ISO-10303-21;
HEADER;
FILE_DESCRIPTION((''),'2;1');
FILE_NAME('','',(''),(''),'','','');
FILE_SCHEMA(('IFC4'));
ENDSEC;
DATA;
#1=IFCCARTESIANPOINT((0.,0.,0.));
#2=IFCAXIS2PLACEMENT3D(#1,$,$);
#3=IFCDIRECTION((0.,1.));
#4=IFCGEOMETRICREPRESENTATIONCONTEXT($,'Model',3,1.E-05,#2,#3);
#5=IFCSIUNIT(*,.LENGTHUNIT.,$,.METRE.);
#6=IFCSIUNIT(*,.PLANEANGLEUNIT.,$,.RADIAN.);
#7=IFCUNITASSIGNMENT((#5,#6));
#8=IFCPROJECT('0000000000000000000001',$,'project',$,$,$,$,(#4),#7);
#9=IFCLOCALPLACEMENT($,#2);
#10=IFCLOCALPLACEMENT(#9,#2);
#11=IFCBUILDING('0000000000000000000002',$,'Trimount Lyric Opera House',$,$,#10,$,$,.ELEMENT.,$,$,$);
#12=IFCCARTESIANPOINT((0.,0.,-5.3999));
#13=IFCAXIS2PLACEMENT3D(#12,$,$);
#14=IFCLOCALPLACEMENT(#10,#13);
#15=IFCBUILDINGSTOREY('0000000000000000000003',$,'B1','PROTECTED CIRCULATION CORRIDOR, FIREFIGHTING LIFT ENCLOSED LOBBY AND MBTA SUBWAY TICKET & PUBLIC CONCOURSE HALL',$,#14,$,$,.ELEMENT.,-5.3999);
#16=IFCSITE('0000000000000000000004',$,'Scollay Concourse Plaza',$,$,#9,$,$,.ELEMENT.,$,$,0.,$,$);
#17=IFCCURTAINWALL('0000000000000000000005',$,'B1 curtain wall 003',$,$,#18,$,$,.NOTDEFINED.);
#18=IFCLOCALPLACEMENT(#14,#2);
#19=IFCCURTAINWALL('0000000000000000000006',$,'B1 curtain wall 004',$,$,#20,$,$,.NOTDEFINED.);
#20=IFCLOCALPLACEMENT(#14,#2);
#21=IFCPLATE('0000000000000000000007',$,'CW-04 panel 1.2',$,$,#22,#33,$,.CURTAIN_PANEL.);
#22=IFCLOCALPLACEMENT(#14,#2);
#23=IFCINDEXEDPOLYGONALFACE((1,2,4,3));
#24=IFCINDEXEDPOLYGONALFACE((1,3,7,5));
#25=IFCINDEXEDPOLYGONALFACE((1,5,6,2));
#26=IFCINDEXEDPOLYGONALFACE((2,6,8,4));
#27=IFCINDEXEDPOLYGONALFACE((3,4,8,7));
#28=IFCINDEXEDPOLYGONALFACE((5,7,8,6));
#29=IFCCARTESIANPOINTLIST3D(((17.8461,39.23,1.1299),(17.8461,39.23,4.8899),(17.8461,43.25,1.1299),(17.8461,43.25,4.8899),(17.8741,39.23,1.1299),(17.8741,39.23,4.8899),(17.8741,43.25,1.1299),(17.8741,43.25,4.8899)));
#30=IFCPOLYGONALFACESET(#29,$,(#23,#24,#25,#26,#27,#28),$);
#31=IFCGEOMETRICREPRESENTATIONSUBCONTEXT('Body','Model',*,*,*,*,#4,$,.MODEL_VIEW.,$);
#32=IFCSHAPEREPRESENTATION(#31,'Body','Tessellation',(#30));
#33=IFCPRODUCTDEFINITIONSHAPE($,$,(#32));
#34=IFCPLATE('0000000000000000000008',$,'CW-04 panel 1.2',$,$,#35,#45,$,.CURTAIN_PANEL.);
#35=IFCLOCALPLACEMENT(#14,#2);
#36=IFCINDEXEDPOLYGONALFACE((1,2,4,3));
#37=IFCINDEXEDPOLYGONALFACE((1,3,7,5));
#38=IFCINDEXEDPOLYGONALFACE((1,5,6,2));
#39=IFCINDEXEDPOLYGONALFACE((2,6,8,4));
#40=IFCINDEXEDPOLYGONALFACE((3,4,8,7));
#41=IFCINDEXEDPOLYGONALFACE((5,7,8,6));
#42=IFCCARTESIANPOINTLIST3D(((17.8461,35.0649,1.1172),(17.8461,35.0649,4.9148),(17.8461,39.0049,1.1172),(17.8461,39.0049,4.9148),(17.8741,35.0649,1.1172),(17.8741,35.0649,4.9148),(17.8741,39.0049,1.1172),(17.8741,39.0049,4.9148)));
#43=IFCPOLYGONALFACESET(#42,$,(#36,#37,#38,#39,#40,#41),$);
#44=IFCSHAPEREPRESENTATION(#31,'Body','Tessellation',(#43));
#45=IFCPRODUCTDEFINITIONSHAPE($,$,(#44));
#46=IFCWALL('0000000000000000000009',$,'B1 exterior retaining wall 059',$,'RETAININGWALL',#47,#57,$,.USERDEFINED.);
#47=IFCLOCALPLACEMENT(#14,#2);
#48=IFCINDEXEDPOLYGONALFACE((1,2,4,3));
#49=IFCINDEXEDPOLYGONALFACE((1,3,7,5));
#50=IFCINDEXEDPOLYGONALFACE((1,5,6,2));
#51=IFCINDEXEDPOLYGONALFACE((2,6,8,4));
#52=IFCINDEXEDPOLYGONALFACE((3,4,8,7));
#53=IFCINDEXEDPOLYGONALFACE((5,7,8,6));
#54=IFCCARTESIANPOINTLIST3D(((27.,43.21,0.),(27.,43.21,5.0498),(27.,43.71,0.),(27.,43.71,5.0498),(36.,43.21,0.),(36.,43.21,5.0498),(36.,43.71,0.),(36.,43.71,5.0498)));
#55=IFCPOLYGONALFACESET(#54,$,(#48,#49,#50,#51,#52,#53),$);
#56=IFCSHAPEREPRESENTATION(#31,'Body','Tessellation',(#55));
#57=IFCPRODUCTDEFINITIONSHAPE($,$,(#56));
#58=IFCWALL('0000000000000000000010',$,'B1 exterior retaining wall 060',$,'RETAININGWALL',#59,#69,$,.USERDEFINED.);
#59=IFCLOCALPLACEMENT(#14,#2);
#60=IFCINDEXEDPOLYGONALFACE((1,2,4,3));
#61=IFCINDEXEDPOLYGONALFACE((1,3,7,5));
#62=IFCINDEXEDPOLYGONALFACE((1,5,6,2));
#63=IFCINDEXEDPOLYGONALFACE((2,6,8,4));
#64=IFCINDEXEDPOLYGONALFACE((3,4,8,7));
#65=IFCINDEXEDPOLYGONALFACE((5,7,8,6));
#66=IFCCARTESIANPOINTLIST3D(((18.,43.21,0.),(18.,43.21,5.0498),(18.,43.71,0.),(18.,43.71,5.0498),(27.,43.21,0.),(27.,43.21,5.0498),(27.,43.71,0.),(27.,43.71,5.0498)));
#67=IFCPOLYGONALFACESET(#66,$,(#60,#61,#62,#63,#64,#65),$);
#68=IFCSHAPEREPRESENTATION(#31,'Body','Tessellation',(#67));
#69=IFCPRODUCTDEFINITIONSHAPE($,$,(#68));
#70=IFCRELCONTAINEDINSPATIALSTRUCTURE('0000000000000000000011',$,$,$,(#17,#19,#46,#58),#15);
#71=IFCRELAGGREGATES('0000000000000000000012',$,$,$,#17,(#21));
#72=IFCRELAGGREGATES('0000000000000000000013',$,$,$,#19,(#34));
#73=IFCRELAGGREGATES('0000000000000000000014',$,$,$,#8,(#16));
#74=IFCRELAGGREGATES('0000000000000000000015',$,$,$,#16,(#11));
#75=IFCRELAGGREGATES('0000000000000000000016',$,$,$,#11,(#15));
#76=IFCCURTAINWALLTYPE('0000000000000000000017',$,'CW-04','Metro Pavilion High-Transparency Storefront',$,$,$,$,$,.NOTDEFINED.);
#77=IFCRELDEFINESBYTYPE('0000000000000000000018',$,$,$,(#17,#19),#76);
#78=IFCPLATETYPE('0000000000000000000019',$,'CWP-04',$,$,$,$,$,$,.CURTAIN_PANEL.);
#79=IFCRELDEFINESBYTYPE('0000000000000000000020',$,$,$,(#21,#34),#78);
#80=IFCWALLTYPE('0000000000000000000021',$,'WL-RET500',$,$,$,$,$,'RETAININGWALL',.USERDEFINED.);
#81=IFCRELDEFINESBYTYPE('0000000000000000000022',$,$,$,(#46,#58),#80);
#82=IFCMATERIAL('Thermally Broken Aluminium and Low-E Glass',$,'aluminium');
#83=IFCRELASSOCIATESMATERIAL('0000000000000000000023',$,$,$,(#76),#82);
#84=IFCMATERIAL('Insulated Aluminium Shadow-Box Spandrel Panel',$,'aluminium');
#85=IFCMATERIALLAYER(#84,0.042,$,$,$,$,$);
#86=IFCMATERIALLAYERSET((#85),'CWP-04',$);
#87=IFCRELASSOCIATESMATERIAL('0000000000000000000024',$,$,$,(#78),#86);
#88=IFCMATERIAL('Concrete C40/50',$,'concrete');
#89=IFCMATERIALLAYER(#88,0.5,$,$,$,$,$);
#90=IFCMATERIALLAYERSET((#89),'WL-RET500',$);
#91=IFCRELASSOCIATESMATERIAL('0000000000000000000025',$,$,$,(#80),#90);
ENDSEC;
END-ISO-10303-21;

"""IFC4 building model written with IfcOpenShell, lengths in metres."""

from ifc_helpers import new_model, si_unit, direction, frame, frame_2d, origin, origin_2d, place, context, subcontext, project, spatial, rectangle, extrude, material, layer, layer_set, type_object, element, aggregate, save


model = new_model("IFC4")

# Units and contexts
model_context = context("Model", 3, precision=1e-05, world=origin(), true_north=direction((0.0, 1.0)))
body_context = subcontext(model_context, "Body", "Model", "MODEL_VIEW")
ifc_project = project(units=[si_unit("LENGTHUNIT", "METRE"), si_unit("PLANEANGLEUNIT", "RADIAN")], contexts=[model_context])

# Site, building, storey
site_placement = place(None, origin())
site = spatial("IfcSite", under=ifc_project, at=site_placement, Name="Scollay Concourse Plaza", CompositionType="ELEMENT", RefElevation=0.0)
building_placement = place(site_placement, origin())
building = spatial("IfcBuilding", under=site, at=building_placement, Name="Trimount Lyric Opera House", CompositionType="ELEMENT")
storey_placement = place(building_placement, frame((0.0, 0.0, -5.3999)))
storey = spatial("IfcBuildingStorey", under=building, at=storey_placement, Name="B1", Description="PROTECTED CIRCULATION CORRIDOR, FIREFIGHTING LIFT ENCLOSED LOBBY AND MBTA SUBWAY TICKET & PUBLIC CONCOURSE HALL", CompositionType="ELEMENT", Elevation=-5.3999)

# Curtain walls
ifc_material_1 = material(Name="Thermally Broken Aluminium and Low-E Glass", Category="aluminium")
curtain_wall_type = type_object("IfcCurtainWallType", Name="CW-04", Description="Metro Pavilion High-Transparency Storefront", PredefinedType="NOTDEFINED", material=ifc_material_1)
curtain_wall_1_placement = place(storey_placement, origin())
curtain_wall_1 = element("IfcCurtainWall", 1, at=curtain_wall_1_placement, inside=storey, type_object=curtain_wall_type, Name="B1 curtain wall 003", PredefinedType="NOTDEFINED")
curtain_wall_2_placement = place(storey_placement, origin())
curtain_wall_2 = element("IfcCurtainWall", 2, at=curtain_wall_2_placement, inside=storey, type_object=curtain_wall_type, Name="B1 curtain wall 004", PredefinedType="NOTDEFINED")

# Plates
ifc_material_2 = material(Name="Insulated Aluminium Shadow-Box Spandrel Panel", Category="aluminium")
ifc_layer_1 = layer(ifc_material_2, 0.042)
ifc_layer_set_1 = layer_set([ifc_layer_1], Name="CWP-04")
plate_type_1 = type_object("IfcPlateType", Name="CWP-04", PredefinedType="CURTAIN_PANEL", material=ifc_layer_set_1)
plate_1_placement = place(storey_placement, frame((17.8601, 41.24, 1.1299), z_axis=(0.0, 0.0, 1.0), x_axis=(0.0, -1.0, 0.0)))
plate_1 = element("IfcPlate", 3, at=plate_1_placement, type_object=plate_type_1, Name="CW-04 panel 1.2", PredefinedType="CURTAIN_PANEL", context=body_context, shape_type="SweptSolid", body=[
    extrude(rectangle(XDim=4.02, YDim=0.0281, at=origin_2d()), origin(), (0.0, 0.0, 1.0), 3.76),
])
aggregate(curtain_wall_1, [plate_1])
plate_2_placement = place(storey_placement, frame((17.8601, 37.0349, 1.1172), z_axis=(0.0, 0.0, 1.0), x_axis=(0.0, -1.0, 0.0)))
plate_2 = element("IfcPlate", 4, at=plate_2_placement, type_object=plate_type_1, Name="CW-04 panel 1.2", PredefinedType="CURTAIN_PANEL", context=body_context, shape_type="SweptSolid", body=[
    extrude(rectangle(XDim=3.9399, YDim=0.0281, at=origin_2d()), origin(), (0.0, 0.0, 1.0), 3.7976),
])
aggregate(curtain_wall_2, [plate_2])

# Walls
ifc_material_3 = material(Name="Concrete C40/50", Category="concrete")
ifc_layer_2 = layer(ifc_material_3, 0.5)
ifc_layer_set_2 = layer_set([ifc_layer_2], Name="WL-RET500")
wall_type = type_object("IfcWallType", Name="WL-RET500", ElementType="RETAININGWALL", PredefinedType="USERDEFINED", material=ifc_layer_set_2)
for number, where, z_axis, x_axis, name in (
    (5, (36.0, 43.46, 0.0), (0.0, 0.0, 1.0), (-1.0, 0.0, 0.0), "B1 exterior retaining wall 059"),
    (6, (27.0, 43.46, 0.0), (0.0, 0.0, 1.0), (-1.0, 0.0, 0.0), "B1 exterior retaining wall 060"),
):
    element("IfcWall", number, at=place(storey_placement, frame(where, z_axis=z_axis, x_axis=x_axis)), inside=storey, type_object=wall_type, Name=name, ObjectType="RETAININGWALL", PredefinedType="USERDEFINED", context=body_context, shape_type="SweptSolid", body=[
        extrude(rectangle(XDim=9.0, YDim=0.5, at=frame_2d((4.5, 0.0))), origin(), (0.0, 0.0, 1.0), 5.0498),
    ])

save(model, "model.ifc")
